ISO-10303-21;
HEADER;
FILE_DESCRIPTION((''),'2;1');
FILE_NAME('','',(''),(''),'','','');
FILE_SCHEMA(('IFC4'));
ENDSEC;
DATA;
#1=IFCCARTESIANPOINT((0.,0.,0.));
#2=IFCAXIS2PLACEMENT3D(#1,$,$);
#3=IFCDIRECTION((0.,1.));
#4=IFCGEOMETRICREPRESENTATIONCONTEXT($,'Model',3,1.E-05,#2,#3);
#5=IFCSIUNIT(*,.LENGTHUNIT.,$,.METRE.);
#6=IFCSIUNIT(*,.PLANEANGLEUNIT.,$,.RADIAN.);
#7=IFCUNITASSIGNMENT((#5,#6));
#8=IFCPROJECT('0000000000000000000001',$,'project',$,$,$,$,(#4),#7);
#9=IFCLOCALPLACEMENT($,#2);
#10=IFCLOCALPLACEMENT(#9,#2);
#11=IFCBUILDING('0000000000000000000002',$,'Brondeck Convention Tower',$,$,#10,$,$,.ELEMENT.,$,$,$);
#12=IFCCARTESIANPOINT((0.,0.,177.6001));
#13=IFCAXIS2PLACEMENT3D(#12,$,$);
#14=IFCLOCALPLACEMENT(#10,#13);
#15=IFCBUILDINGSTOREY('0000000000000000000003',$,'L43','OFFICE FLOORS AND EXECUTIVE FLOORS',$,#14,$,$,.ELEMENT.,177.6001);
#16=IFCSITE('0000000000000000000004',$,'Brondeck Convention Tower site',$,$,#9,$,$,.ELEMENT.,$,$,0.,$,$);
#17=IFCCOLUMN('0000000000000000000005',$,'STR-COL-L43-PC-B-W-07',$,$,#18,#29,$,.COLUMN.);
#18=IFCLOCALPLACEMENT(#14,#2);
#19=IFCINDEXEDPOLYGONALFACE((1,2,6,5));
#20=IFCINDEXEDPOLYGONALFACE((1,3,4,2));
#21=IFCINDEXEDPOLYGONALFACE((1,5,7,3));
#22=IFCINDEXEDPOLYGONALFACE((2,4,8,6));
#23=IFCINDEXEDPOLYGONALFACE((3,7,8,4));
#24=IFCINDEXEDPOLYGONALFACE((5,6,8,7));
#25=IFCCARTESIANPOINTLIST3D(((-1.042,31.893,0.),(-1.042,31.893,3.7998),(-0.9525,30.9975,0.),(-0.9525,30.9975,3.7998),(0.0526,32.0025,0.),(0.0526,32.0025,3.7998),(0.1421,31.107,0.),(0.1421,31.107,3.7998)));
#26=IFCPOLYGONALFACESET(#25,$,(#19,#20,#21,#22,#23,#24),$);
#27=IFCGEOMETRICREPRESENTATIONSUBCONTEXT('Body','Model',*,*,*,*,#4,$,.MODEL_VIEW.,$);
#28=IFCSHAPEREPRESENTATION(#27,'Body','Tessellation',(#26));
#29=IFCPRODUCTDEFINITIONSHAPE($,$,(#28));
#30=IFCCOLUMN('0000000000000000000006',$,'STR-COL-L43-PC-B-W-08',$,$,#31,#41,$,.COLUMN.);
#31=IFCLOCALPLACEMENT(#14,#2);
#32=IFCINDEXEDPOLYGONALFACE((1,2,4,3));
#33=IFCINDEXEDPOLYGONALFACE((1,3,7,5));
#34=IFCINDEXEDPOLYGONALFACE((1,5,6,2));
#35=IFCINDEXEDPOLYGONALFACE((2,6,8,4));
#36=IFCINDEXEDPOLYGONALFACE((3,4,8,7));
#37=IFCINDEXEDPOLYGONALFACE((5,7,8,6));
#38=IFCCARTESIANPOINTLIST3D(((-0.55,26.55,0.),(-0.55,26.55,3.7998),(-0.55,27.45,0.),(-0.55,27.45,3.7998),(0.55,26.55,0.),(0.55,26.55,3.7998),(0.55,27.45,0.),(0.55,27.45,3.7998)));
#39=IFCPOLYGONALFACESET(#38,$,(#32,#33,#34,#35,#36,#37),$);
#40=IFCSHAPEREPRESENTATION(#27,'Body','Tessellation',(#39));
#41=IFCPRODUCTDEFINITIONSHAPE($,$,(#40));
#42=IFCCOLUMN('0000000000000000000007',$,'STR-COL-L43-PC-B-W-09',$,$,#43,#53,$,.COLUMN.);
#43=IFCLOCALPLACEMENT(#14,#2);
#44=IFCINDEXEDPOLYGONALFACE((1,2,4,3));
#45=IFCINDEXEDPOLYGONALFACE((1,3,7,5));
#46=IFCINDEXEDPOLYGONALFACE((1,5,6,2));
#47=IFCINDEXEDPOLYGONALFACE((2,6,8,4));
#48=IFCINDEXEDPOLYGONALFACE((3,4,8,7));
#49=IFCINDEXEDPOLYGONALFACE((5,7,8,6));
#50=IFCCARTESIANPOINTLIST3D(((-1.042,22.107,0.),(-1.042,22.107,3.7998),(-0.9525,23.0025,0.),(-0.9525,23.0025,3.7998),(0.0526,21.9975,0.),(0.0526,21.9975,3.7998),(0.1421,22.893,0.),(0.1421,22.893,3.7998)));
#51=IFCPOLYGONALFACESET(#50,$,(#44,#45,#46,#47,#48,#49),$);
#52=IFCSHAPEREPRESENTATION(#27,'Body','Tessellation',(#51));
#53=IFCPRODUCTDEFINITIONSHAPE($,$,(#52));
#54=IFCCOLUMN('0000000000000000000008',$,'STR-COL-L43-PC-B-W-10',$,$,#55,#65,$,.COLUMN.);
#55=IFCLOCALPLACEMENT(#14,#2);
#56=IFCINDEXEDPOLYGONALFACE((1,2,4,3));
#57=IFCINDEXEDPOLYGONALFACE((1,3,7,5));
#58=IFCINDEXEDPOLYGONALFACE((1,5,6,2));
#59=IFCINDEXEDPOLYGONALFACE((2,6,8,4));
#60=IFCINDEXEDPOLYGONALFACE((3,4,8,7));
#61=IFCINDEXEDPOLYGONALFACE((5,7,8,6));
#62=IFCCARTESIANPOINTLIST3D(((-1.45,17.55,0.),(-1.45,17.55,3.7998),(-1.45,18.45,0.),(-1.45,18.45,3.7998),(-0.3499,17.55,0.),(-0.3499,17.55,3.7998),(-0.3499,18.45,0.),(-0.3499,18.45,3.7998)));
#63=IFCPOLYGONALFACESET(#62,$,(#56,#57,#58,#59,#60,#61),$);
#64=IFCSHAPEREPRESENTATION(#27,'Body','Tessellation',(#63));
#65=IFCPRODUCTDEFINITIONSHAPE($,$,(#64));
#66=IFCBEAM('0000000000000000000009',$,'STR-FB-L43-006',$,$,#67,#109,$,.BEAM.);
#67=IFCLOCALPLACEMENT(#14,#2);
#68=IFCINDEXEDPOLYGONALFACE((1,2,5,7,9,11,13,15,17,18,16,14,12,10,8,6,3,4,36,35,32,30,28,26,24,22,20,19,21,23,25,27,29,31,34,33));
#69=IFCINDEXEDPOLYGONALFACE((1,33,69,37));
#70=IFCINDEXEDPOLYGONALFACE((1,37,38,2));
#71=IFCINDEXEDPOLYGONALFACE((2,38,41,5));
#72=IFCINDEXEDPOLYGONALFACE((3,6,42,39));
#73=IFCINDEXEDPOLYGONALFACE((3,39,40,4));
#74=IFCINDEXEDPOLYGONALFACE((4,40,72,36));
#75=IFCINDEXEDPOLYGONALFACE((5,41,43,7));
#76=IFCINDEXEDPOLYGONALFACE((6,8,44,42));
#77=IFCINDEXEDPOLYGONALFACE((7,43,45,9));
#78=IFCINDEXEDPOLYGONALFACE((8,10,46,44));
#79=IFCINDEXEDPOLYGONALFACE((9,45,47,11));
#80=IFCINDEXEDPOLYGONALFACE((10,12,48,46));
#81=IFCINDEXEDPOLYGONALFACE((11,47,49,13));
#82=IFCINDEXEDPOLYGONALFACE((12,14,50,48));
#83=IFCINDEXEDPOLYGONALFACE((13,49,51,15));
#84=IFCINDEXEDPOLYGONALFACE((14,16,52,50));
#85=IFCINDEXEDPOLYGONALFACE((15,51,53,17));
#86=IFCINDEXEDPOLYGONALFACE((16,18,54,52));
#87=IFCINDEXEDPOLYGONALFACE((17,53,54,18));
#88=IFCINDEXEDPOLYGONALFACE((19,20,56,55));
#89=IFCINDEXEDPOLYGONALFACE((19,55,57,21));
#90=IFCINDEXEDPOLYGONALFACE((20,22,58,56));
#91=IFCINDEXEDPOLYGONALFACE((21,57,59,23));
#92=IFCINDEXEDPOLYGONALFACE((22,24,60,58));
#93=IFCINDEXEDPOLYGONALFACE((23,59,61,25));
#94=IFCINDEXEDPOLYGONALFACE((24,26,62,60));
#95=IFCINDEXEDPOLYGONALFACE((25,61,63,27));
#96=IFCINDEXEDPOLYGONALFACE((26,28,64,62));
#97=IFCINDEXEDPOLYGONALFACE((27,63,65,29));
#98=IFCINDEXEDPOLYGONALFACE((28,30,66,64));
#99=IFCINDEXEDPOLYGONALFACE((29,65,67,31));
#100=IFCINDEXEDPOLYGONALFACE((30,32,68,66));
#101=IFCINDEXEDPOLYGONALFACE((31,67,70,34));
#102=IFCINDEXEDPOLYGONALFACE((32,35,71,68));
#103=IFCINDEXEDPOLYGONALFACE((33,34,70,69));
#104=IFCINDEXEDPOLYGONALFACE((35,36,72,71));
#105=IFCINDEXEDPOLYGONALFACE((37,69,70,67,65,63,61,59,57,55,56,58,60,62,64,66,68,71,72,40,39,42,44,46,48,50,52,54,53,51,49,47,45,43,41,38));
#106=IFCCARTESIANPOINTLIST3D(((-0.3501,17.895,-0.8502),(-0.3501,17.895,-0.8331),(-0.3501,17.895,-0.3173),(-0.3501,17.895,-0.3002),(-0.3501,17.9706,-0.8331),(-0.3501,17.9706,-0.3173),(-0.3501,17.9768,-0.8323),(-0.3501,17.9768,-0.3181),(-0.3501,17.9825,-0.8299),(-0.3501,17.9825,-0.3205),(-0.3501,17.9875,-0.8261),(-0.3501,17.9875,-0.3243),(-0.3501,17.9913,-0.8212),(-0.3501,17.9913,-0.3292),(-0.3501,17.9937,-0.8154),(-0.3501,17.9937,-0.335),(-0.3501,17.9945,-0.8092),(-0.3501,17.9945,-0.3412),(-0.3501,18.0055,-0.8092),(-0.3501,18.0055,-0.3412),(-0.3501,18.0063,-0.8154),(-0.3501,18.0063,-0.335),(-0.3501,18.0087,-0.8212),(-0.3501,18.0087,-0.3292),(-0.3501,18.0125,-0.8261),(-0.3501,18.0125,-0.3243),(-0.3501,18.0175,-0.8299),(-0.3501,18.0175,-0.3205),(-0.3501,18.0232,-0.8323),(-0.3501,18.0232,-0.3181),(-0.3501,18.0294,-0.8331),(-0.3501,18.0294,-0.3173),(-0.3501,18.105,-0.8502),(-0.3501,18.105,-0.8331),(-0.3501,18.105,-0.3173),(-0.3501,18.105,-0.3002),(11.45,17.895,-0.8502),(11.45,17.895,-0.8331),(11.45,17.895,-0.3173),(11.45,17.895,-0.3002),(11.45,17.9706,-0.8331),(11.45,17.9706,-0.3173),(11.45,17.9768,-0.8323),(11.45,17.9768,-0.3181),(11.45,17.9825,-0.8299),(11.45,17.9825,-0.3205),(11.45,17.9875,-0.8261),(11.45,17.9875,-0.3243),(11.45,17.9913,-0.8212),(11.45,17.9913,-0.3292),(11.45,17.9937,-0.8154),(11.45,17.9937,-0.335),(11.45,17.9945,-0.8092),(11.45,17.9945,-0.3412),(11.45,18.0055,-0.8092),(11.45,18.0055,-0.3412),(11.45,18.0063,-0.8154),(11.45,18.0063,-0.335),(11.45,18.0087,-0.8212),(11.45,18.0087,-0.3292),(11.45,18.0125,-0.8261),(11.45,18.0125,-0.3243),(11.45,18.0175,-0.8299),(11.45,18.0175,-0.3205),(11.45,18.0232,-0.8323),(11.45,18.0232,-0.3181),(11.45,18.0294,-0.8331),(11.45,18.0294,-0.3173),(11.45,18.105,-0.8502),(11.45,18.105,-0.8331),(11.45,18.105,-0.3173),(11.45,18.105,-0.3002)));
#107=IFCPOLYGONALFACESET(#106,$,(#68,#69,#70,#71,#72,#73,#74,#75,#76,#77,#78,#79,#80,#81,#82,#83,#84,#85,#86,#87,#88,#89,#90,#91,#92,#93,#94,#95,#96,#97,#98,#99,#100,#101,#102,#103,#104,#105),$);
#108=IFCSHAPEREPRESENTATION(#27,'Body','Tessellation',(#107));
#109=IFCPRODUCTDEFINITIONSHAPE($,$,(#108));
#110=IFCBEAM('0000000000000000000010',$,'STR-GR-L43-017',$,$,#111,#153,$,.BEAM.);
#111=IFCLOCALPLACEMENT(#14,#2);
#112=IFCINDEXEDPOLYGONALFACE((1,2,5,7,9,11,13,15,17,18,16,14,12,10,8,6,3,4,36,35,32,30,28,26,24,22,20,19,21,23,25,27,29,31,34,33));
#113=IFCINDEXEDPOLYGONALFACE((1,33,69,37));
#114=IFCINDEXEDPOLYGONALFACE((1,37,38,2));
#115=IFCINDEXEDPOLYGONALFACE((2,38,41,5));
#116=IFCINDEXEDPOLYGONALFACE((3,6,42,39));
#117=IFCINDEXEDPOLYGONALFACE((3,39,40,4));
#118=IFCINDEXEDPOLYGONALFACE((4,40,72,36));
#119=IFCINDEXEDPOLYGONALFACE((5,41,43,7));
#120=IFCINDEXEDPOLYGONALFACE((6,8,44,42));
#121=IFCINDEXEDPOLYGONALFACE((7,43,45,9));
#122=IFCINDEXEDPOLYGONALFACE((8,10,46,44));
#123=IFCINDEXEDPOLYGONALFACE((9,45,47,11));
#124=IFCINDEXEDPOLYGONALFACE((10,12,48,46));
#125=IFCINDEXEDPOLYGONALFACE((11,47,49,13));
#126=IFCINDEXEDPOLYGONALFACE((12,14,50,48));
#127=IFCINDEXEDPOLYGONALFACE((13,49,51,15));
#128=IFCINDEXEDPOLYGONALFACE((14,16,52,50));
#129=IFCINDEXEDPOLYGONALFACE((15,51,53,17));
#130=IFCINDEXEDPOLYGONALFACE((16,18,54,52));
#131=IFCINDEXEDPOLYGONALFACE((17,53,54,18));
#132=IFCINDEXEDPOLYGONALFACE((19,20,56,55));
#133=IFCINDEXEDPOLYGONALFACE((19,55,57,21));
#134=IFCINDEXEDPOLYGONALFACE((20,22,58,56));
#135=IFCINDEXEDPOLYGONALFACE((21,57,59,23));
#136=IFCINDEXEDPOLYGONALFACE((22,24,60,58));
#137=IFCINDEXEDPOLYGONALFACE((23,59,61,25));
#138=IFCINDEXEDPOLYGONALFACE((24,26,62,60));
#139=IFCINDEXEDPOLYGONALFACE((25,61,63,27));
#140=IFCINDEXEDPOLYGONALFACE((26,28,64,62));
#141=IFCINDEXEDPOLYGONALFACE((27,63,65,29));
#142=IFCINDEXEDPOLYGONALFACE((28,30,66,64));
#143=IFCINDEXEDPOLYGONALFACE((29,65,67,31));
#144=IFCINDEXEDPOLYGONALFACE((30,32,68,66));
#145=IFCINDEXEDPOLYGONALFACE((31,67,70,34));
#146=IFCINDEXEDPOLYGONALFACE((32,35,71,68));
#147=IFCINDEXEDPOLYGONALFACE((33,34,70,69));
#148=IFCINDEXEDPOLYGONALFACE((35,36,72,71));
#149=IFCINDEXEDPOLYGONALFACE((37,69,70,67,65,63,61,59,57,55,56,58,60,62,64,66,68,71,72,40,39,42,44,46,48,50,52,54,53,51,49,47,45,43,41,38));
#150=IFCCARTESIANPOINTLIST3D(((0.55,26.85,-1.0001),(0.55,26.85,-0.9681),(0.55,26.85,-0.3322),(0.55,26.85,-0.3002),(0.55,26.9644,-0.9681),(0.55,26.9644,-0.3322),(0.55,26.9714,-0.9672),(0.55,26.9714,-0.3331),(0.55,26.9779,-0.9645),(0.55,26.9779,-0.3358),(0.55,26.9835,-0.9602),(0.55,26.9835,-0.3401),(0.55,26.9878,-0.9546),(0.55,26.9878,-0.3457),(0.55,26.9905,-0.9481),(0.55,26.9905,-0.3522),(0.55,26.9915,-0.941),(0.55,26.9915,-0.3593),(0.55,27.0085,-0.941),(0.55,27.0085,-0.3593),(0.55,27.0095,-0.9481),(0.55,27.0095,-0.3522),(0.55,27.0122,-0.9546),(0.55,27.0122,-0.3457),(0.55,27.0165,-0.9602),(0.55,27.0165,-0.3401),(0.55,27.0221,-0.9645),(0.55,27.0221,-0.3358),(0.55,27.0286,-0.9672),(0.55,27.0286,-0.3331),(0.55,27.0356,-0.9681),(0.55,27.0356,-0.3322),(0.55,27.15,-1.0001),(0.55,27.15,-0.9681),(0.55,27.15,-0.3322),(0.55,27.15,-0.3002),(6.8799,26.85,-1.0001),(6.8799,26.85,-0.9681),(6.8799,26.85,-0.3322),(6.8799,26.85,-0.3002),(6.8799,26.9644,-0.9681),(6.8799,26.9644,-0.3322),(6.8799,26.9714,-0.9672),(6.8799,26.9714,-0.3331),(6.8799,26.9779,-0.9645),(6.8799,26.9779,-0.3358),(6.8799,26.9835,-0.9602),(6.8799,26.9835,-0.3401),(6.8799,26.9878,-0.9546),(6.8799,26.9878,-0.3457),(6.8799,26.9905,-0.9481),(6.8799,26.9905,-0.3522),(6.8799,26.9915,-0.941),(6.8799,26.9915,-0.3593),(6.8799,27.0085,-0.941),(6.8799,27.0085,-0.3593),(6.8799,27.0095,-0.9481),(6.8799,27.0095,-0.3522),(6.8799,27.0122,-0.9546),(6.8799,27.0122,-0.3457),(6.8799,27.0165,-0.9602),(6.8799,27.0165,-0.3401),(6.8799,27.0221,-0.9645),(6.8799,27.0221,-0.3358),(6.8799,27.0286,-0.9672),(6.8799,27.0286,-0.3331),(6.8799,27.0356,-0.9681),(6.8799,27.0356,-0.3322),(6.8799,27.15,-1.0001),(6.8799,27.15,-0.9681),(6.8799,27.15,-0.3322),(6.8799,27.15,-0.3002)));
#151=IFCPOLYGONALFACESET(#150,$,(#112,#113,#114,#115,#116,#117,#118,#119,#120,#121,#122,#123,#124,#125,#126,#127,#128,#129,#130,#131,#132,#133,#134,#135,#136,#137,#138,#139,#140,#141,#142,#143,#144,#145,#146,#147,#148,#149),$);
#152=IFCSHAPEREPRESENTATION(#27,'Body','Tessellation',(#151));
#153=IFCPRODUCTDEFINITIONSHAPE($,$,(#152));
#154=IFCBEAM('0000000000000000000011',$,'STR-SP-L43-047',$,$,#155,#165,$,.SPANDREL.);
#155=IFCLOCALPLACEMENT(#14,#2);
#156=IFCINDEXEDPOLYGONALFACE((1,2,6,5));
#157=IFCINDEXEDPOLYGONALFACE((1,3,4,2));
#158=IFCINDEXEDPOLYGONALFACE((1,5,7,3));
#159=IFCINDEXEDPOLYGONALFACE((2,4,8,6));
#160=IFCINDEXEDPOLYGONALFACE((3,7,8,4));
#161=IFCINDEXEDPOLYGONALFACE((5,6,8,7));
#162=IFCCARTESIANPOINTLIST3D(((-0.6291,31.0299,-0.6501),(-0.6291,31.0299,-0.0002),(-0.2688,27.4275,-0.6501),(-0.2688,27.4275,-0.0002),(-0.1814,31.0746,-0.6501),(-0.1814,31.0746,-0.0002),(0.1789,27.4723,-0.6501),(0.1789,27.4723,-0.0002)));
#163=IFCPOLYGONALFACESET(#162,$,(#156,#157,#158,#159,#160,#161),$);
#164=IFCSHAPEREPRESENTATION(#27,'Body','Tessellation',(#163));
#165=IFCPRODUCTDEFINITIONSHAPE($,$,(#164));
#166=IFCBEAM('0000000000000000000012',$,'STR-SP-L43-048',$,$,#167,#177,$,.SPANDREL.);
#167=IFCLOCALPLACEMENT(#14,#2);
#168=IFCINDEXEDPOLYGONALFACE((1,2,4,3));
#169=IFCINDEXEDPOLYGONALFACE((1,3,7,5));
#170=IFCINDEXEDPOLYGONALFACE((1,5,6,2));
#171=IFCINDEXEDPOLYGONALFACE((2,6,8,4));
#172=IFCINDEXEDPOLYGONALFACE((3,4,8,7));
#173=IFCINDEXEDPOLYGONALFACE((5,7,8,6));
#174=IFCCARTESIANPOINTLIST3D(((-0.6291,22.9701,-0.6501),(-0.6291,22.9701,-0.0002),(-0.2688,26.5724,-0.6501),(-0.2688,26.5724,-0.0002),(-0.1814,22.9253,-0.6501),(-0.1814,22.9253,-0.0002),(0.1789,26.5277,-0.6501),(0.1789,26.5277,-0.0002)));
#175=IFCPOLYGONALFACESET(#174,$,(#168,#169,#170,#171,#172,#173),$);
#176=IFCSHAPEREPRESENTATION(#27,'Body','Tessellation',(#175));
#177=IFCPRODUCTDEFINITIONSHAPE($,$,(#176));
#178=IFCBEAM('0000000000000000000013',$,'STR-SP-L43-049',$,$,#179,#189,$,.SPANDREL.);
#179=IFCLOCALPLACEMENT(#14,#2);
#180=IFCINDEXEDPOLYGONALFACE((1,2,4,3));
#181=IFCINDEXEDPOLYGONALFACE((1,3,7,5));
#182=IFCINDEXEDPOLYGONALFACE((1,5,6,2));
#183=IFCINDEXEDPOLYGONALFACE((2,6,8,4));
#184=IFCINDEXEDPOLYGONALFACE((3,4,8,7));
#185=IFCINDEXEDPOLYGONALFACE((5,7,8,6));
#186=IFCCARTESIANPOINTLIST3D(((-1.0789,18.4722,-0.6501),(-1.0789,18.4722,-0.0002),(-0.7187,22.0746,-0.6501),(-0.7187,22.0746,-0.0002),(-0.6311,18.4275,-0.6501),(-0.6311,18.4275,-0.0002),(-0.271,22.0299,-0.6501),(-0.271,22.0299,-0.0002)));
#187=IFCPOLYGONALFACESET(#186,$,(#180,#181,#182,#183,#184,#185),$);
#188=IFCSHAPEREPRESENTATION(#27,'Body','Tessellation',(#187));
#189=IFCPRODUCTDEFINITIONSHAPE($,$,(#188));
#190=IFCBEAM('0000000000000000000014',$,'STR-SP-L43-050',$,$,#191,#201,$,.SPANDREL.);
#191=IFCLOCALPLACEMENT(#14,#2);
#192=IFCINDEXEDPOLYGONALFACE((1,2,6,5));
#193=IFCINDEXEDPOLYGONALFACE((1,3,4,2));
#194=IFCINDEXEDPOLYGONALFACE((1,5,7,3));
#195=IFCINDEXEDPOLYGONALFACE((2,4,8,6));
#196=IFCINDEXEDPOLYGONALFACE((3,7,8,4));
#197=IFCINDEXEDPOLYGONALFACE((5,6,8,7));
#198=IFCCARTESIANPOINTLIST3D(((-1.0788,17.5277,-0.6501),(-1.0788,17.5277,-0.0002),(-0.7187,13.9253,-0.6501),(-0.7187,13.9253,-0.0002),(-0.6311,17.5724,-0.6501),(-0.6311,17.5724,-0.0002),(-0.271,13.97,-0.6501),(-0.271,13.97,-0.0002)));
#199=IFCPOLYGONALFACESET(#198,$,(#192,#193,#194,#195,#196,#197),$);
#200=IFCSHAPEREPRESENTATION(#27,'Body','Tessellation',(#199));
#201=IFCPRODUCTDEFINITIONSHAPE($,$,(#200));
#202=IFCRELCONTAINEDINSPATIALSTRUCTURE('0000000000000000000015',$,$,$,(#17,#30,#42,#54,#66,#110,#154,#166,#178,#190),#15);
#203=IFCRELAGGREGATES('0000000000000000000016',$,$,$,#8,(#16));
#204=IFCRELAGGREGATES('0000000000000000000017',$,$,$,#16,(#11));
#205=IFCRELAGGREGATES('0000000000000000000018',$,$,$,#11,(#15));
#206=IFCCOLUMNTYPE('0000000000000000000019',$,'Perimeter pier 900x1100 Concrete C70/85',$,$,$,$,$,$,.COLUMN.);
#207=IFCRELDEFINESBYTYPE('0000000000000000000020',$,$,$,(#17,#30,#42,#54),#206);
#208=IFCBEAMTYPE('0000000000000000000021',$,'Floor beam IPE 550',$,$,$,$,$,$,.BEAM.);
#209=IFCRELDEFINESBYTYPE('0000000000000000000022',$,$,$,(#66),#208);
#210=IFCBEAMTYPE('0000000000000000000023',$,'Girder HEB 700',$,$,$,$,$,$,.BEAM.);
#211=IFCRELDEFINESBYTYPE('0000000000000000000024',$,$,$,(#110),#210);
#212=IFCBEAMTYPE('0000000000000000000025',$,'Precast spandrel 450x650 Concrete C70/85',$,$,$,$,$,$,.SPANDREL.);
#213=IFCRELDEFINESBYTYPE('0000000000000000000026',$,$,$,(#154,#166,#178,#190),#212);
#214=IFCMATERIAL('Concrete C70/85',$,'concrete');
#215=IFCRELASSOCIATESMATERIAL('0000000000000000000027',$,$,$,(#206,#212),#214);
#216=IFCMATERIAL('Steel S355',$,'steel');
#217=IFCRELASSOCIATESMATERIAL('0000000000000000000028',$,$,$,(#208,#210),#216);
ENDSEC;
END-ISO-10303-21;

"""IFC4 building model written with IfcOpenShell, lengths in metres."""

from ifc_helpers import new_model, si_unit, direction, frame, origin, origin_2d, place, context, subcontext, project, spatial, rectangle, i_section, extrude, material, material_profile, profile_set, type_object, element, save


model = new_model("IFC4")

# Units and contexts
model_context = context("Model", 3, precision=1e-05, world=origin(), true_north=direction((0.0, 1.0)))
body_context = subcontext(model_context, "Body", "Model", "MODEL_VIEW")
ifc_project = project(units=[si_unit("LENGTHUNIT", "METRE"), si_unit("PLANEANGLEUNIT", "RADIAN")], contexts=[model_context])

# Site, building, storey
site_placement = place(None, origin())
site = spatial("IfcSite", under=ifc_project, at=site_placement, Name="Brondeck Convention Tower site", CompositionType="ELEMENT", RefElevation=0.0)
building_placement = place(site_placement, origin())
building = spatial("IfcBuilding", under=site, at=building_placement, Name="Brondeck Convention Tower", CompositionType="ELEMENT")
storey_placement = place(building_placement, frame((0.0, 0.0, 177.6001)))
storey = spatial("IfcBuildingStorey", under=building, at=storey_placement, Name="L43", Description="OFFICE FLOORS AND EXECUTIVE FLOORS", CompositionType="ELEMENT", Elevation=177.6001)

# Columns
ifc_material_1 = material(Name="Concrete C70/85", Category="concrete")
ifc_material_profile_1 = material_profile(ifc_material_1, rectangle(XDim=0.8999, YDim=1.1001, at=origin_2d()), Name="Perimeter pier 900x1100 Concrete C70/85")
ifc_profile_set_1 = profile_set([ifc_material_profile_1], Name="Concrete C70/85")
column_type = type_object("IfcColumnType", Name="Perimeter pier 900x1100 Concrete C70/85", PredefinedType="COLUMN", material=ifc_profile_set_1)
for number, where, z_axis, x_axis, name in (
    (1, (-0.45, 31.5, 0.0), (0.0, 0.0, 1.0), (0.099504, -0.995037, 0.0), "STR-COL-L43-PC-B-W-07"),
    (2, (0.0, 27.0, 0.0), (0.0, 0.0, 1.0), (0.0, -1.0, 0.0), "STR-COL-L43-PC-B-W-08"),
    (3, (-0.45, 22.5, 0.0), (0.0, 0.0, 1.0), (-0.099504, -0.995037, 0.0), "STR-COL-L43-PC-B-W-09"),
    (4, (-0.8999, 18.0, 0.0), (0.0, 0.0, 1.0), (0.0, -1.0, 0.0), "STR-COL-L43-PC-B-W-10"),
):
    element("IfcColumn", number, at=place(storey_placement, frame(where, z_axis=z_axis, x_axis=x_axis)), inside=storey, type_object=column_type, Name=name, PredefinedType="COLUMN", context=body_context, shape_type="SweptSolid", body=[
        extrude(rectangle(XDim=0.8999, YDim=1.1001, at=origin_2d()), origin(), (0.0, 0.0, 1.0), 3.7998),
    ])

# Beams
ifc_material_2 = material(Name="Steel S355", Category="steel")
ifc_material_profile_2 = material_profile(ifc_material_2, i_section(OverallWidth=0.21, OverallDepth=0.55, WebThickness=0.011, FlangeThickness=0.0171, FilletRadius=0.0239, at=origin_2d()), Name="IPE 550")
ifc_profile_set_2 = profile_set([ifc_material_profile_2], Name="Steel S355")
beam_type_1 = type_object("IfcBeamType", Name="Floor beam IPE 550", PredefinedType="BEAM", material=ifc_profile_set_2)
beam_1_placement = place(storey_placement, frame((-0.3501, 18.0, -0.5752), z_axis=(1.0, 0.0, 0.0), x_axis=(0.0, 1.0, 0.0)))
element("IfcBeam", 5, at=beam_1_placement, inside=storey, type_object=beam_type_1, Name="STR-FB-L43-006", PredefinedType="BEAM", context=body_context, shape_type="SweptSolid", body=[
    extrude(i_section(OverallWidth=0.21, OverallDepth=0.55, WebThickness=0.011, FlangeThickness=0.0171, FilletRadius=0.0239, at=origin_2d()), origin(), (0.0, 0.0, 1.0), 11.8),
])
ifc_material_profile_3 = material_profile(ifc_material_2, i_section(OverallWidth=0.3, OverallDepth=0.7, WebThickness=0.0171, FlangeThickness=0.032, FilletRadius=0.0271, at=origin_2d()), Name="HEB 700")
ifc_profile_set_3 = profile_set([ifc_material_profile_3], Name="Steel S355")
beam_type_2 = type_object("IfcBeamType", Name="Girder HEB 700", PredefinedType="BEAM", material=ifc_profile_set_3)
beam_2_placement = place(storey_placement, frame((0.55, 27.0, -0.6501), z_axis=(1.0, 0.0, 0.0), x_axis=(0.0, 1.0, 0.0)))
element("IfcBeam", 6, at=beam_2_placement, inside=storey, type_object=beam_type_2, Name="STR-GR-L43-017", PredefinedType="BEAM", context=body_context, shape_type="SweptSolid", body=[
    extrude(i_section(OverallWidth=0.3, OverallDepth=0.7, WebThickness=0.0171, FlangeThickness=0.032, FilletRadius=0.0271, at=origin_2d()), origin(), (0.0, 0.0, 1.0), 6.3298),
])
ifc_material_profile_4 = material_profile(ifc_material_1, rectangle(XDim=0.45, YDim=0.6499, at=origin_2d()), Name="Precast spandrel 450x650 Concrete C70/85")
ifc_profile_set_4 = profile_set([ifc_material_profile_4], Name="Concrete C70/85")
beam_type_3 = type_object("IfcBeamType", Name="Precast spandrel 450x650 Concrete C70/85", PredefinedType="SPANDREL", material=ifc_profile_set_4)
for number, where, z_axis, x_axis, name in (
    (7, (-0.4053, 31.0522, -0.3252), (0.099537, -0.995034, 0.0), (0.995034, 0.099537, 0.0), "STR-SP-L43-047"),
    (8, (-0.0449, 26.55, -0.3252), (-0.099537, -0.995034, 0.0), (0.995034, -0.099537, 0.0), "STR-SP-L43-048"),
    (9, (-0.4949, 22.0522, -0.3252), (-0.09947, -0.995041, 0.0), (0.995041, -0.09947, 0.0), "STR-SP-L43-049"),
    (10, (-0.855, 17.55, -0.3252), (0.09947, -0.995041, 0.0), (0.995041, 0.09947, 0.0), "STR-SP-L43-050"),
):
    element("IfcBeam", number, at=place(storey_placement, frame(where, z_axis=z_axis, x_axis=x_axis)), inside=storey, type_object=beam_type_3, Name=name, PredefinedType="SPANDREL", context=body_context, shape_type="SweptSolid", body=[
        extrude(rectangle(XDim=0.45, YDim=0.6499, at=origin_2d()), origin(), (0.0, 0.0, 1.0), 3.6204),
    ])

save(model, "model.ifc")
